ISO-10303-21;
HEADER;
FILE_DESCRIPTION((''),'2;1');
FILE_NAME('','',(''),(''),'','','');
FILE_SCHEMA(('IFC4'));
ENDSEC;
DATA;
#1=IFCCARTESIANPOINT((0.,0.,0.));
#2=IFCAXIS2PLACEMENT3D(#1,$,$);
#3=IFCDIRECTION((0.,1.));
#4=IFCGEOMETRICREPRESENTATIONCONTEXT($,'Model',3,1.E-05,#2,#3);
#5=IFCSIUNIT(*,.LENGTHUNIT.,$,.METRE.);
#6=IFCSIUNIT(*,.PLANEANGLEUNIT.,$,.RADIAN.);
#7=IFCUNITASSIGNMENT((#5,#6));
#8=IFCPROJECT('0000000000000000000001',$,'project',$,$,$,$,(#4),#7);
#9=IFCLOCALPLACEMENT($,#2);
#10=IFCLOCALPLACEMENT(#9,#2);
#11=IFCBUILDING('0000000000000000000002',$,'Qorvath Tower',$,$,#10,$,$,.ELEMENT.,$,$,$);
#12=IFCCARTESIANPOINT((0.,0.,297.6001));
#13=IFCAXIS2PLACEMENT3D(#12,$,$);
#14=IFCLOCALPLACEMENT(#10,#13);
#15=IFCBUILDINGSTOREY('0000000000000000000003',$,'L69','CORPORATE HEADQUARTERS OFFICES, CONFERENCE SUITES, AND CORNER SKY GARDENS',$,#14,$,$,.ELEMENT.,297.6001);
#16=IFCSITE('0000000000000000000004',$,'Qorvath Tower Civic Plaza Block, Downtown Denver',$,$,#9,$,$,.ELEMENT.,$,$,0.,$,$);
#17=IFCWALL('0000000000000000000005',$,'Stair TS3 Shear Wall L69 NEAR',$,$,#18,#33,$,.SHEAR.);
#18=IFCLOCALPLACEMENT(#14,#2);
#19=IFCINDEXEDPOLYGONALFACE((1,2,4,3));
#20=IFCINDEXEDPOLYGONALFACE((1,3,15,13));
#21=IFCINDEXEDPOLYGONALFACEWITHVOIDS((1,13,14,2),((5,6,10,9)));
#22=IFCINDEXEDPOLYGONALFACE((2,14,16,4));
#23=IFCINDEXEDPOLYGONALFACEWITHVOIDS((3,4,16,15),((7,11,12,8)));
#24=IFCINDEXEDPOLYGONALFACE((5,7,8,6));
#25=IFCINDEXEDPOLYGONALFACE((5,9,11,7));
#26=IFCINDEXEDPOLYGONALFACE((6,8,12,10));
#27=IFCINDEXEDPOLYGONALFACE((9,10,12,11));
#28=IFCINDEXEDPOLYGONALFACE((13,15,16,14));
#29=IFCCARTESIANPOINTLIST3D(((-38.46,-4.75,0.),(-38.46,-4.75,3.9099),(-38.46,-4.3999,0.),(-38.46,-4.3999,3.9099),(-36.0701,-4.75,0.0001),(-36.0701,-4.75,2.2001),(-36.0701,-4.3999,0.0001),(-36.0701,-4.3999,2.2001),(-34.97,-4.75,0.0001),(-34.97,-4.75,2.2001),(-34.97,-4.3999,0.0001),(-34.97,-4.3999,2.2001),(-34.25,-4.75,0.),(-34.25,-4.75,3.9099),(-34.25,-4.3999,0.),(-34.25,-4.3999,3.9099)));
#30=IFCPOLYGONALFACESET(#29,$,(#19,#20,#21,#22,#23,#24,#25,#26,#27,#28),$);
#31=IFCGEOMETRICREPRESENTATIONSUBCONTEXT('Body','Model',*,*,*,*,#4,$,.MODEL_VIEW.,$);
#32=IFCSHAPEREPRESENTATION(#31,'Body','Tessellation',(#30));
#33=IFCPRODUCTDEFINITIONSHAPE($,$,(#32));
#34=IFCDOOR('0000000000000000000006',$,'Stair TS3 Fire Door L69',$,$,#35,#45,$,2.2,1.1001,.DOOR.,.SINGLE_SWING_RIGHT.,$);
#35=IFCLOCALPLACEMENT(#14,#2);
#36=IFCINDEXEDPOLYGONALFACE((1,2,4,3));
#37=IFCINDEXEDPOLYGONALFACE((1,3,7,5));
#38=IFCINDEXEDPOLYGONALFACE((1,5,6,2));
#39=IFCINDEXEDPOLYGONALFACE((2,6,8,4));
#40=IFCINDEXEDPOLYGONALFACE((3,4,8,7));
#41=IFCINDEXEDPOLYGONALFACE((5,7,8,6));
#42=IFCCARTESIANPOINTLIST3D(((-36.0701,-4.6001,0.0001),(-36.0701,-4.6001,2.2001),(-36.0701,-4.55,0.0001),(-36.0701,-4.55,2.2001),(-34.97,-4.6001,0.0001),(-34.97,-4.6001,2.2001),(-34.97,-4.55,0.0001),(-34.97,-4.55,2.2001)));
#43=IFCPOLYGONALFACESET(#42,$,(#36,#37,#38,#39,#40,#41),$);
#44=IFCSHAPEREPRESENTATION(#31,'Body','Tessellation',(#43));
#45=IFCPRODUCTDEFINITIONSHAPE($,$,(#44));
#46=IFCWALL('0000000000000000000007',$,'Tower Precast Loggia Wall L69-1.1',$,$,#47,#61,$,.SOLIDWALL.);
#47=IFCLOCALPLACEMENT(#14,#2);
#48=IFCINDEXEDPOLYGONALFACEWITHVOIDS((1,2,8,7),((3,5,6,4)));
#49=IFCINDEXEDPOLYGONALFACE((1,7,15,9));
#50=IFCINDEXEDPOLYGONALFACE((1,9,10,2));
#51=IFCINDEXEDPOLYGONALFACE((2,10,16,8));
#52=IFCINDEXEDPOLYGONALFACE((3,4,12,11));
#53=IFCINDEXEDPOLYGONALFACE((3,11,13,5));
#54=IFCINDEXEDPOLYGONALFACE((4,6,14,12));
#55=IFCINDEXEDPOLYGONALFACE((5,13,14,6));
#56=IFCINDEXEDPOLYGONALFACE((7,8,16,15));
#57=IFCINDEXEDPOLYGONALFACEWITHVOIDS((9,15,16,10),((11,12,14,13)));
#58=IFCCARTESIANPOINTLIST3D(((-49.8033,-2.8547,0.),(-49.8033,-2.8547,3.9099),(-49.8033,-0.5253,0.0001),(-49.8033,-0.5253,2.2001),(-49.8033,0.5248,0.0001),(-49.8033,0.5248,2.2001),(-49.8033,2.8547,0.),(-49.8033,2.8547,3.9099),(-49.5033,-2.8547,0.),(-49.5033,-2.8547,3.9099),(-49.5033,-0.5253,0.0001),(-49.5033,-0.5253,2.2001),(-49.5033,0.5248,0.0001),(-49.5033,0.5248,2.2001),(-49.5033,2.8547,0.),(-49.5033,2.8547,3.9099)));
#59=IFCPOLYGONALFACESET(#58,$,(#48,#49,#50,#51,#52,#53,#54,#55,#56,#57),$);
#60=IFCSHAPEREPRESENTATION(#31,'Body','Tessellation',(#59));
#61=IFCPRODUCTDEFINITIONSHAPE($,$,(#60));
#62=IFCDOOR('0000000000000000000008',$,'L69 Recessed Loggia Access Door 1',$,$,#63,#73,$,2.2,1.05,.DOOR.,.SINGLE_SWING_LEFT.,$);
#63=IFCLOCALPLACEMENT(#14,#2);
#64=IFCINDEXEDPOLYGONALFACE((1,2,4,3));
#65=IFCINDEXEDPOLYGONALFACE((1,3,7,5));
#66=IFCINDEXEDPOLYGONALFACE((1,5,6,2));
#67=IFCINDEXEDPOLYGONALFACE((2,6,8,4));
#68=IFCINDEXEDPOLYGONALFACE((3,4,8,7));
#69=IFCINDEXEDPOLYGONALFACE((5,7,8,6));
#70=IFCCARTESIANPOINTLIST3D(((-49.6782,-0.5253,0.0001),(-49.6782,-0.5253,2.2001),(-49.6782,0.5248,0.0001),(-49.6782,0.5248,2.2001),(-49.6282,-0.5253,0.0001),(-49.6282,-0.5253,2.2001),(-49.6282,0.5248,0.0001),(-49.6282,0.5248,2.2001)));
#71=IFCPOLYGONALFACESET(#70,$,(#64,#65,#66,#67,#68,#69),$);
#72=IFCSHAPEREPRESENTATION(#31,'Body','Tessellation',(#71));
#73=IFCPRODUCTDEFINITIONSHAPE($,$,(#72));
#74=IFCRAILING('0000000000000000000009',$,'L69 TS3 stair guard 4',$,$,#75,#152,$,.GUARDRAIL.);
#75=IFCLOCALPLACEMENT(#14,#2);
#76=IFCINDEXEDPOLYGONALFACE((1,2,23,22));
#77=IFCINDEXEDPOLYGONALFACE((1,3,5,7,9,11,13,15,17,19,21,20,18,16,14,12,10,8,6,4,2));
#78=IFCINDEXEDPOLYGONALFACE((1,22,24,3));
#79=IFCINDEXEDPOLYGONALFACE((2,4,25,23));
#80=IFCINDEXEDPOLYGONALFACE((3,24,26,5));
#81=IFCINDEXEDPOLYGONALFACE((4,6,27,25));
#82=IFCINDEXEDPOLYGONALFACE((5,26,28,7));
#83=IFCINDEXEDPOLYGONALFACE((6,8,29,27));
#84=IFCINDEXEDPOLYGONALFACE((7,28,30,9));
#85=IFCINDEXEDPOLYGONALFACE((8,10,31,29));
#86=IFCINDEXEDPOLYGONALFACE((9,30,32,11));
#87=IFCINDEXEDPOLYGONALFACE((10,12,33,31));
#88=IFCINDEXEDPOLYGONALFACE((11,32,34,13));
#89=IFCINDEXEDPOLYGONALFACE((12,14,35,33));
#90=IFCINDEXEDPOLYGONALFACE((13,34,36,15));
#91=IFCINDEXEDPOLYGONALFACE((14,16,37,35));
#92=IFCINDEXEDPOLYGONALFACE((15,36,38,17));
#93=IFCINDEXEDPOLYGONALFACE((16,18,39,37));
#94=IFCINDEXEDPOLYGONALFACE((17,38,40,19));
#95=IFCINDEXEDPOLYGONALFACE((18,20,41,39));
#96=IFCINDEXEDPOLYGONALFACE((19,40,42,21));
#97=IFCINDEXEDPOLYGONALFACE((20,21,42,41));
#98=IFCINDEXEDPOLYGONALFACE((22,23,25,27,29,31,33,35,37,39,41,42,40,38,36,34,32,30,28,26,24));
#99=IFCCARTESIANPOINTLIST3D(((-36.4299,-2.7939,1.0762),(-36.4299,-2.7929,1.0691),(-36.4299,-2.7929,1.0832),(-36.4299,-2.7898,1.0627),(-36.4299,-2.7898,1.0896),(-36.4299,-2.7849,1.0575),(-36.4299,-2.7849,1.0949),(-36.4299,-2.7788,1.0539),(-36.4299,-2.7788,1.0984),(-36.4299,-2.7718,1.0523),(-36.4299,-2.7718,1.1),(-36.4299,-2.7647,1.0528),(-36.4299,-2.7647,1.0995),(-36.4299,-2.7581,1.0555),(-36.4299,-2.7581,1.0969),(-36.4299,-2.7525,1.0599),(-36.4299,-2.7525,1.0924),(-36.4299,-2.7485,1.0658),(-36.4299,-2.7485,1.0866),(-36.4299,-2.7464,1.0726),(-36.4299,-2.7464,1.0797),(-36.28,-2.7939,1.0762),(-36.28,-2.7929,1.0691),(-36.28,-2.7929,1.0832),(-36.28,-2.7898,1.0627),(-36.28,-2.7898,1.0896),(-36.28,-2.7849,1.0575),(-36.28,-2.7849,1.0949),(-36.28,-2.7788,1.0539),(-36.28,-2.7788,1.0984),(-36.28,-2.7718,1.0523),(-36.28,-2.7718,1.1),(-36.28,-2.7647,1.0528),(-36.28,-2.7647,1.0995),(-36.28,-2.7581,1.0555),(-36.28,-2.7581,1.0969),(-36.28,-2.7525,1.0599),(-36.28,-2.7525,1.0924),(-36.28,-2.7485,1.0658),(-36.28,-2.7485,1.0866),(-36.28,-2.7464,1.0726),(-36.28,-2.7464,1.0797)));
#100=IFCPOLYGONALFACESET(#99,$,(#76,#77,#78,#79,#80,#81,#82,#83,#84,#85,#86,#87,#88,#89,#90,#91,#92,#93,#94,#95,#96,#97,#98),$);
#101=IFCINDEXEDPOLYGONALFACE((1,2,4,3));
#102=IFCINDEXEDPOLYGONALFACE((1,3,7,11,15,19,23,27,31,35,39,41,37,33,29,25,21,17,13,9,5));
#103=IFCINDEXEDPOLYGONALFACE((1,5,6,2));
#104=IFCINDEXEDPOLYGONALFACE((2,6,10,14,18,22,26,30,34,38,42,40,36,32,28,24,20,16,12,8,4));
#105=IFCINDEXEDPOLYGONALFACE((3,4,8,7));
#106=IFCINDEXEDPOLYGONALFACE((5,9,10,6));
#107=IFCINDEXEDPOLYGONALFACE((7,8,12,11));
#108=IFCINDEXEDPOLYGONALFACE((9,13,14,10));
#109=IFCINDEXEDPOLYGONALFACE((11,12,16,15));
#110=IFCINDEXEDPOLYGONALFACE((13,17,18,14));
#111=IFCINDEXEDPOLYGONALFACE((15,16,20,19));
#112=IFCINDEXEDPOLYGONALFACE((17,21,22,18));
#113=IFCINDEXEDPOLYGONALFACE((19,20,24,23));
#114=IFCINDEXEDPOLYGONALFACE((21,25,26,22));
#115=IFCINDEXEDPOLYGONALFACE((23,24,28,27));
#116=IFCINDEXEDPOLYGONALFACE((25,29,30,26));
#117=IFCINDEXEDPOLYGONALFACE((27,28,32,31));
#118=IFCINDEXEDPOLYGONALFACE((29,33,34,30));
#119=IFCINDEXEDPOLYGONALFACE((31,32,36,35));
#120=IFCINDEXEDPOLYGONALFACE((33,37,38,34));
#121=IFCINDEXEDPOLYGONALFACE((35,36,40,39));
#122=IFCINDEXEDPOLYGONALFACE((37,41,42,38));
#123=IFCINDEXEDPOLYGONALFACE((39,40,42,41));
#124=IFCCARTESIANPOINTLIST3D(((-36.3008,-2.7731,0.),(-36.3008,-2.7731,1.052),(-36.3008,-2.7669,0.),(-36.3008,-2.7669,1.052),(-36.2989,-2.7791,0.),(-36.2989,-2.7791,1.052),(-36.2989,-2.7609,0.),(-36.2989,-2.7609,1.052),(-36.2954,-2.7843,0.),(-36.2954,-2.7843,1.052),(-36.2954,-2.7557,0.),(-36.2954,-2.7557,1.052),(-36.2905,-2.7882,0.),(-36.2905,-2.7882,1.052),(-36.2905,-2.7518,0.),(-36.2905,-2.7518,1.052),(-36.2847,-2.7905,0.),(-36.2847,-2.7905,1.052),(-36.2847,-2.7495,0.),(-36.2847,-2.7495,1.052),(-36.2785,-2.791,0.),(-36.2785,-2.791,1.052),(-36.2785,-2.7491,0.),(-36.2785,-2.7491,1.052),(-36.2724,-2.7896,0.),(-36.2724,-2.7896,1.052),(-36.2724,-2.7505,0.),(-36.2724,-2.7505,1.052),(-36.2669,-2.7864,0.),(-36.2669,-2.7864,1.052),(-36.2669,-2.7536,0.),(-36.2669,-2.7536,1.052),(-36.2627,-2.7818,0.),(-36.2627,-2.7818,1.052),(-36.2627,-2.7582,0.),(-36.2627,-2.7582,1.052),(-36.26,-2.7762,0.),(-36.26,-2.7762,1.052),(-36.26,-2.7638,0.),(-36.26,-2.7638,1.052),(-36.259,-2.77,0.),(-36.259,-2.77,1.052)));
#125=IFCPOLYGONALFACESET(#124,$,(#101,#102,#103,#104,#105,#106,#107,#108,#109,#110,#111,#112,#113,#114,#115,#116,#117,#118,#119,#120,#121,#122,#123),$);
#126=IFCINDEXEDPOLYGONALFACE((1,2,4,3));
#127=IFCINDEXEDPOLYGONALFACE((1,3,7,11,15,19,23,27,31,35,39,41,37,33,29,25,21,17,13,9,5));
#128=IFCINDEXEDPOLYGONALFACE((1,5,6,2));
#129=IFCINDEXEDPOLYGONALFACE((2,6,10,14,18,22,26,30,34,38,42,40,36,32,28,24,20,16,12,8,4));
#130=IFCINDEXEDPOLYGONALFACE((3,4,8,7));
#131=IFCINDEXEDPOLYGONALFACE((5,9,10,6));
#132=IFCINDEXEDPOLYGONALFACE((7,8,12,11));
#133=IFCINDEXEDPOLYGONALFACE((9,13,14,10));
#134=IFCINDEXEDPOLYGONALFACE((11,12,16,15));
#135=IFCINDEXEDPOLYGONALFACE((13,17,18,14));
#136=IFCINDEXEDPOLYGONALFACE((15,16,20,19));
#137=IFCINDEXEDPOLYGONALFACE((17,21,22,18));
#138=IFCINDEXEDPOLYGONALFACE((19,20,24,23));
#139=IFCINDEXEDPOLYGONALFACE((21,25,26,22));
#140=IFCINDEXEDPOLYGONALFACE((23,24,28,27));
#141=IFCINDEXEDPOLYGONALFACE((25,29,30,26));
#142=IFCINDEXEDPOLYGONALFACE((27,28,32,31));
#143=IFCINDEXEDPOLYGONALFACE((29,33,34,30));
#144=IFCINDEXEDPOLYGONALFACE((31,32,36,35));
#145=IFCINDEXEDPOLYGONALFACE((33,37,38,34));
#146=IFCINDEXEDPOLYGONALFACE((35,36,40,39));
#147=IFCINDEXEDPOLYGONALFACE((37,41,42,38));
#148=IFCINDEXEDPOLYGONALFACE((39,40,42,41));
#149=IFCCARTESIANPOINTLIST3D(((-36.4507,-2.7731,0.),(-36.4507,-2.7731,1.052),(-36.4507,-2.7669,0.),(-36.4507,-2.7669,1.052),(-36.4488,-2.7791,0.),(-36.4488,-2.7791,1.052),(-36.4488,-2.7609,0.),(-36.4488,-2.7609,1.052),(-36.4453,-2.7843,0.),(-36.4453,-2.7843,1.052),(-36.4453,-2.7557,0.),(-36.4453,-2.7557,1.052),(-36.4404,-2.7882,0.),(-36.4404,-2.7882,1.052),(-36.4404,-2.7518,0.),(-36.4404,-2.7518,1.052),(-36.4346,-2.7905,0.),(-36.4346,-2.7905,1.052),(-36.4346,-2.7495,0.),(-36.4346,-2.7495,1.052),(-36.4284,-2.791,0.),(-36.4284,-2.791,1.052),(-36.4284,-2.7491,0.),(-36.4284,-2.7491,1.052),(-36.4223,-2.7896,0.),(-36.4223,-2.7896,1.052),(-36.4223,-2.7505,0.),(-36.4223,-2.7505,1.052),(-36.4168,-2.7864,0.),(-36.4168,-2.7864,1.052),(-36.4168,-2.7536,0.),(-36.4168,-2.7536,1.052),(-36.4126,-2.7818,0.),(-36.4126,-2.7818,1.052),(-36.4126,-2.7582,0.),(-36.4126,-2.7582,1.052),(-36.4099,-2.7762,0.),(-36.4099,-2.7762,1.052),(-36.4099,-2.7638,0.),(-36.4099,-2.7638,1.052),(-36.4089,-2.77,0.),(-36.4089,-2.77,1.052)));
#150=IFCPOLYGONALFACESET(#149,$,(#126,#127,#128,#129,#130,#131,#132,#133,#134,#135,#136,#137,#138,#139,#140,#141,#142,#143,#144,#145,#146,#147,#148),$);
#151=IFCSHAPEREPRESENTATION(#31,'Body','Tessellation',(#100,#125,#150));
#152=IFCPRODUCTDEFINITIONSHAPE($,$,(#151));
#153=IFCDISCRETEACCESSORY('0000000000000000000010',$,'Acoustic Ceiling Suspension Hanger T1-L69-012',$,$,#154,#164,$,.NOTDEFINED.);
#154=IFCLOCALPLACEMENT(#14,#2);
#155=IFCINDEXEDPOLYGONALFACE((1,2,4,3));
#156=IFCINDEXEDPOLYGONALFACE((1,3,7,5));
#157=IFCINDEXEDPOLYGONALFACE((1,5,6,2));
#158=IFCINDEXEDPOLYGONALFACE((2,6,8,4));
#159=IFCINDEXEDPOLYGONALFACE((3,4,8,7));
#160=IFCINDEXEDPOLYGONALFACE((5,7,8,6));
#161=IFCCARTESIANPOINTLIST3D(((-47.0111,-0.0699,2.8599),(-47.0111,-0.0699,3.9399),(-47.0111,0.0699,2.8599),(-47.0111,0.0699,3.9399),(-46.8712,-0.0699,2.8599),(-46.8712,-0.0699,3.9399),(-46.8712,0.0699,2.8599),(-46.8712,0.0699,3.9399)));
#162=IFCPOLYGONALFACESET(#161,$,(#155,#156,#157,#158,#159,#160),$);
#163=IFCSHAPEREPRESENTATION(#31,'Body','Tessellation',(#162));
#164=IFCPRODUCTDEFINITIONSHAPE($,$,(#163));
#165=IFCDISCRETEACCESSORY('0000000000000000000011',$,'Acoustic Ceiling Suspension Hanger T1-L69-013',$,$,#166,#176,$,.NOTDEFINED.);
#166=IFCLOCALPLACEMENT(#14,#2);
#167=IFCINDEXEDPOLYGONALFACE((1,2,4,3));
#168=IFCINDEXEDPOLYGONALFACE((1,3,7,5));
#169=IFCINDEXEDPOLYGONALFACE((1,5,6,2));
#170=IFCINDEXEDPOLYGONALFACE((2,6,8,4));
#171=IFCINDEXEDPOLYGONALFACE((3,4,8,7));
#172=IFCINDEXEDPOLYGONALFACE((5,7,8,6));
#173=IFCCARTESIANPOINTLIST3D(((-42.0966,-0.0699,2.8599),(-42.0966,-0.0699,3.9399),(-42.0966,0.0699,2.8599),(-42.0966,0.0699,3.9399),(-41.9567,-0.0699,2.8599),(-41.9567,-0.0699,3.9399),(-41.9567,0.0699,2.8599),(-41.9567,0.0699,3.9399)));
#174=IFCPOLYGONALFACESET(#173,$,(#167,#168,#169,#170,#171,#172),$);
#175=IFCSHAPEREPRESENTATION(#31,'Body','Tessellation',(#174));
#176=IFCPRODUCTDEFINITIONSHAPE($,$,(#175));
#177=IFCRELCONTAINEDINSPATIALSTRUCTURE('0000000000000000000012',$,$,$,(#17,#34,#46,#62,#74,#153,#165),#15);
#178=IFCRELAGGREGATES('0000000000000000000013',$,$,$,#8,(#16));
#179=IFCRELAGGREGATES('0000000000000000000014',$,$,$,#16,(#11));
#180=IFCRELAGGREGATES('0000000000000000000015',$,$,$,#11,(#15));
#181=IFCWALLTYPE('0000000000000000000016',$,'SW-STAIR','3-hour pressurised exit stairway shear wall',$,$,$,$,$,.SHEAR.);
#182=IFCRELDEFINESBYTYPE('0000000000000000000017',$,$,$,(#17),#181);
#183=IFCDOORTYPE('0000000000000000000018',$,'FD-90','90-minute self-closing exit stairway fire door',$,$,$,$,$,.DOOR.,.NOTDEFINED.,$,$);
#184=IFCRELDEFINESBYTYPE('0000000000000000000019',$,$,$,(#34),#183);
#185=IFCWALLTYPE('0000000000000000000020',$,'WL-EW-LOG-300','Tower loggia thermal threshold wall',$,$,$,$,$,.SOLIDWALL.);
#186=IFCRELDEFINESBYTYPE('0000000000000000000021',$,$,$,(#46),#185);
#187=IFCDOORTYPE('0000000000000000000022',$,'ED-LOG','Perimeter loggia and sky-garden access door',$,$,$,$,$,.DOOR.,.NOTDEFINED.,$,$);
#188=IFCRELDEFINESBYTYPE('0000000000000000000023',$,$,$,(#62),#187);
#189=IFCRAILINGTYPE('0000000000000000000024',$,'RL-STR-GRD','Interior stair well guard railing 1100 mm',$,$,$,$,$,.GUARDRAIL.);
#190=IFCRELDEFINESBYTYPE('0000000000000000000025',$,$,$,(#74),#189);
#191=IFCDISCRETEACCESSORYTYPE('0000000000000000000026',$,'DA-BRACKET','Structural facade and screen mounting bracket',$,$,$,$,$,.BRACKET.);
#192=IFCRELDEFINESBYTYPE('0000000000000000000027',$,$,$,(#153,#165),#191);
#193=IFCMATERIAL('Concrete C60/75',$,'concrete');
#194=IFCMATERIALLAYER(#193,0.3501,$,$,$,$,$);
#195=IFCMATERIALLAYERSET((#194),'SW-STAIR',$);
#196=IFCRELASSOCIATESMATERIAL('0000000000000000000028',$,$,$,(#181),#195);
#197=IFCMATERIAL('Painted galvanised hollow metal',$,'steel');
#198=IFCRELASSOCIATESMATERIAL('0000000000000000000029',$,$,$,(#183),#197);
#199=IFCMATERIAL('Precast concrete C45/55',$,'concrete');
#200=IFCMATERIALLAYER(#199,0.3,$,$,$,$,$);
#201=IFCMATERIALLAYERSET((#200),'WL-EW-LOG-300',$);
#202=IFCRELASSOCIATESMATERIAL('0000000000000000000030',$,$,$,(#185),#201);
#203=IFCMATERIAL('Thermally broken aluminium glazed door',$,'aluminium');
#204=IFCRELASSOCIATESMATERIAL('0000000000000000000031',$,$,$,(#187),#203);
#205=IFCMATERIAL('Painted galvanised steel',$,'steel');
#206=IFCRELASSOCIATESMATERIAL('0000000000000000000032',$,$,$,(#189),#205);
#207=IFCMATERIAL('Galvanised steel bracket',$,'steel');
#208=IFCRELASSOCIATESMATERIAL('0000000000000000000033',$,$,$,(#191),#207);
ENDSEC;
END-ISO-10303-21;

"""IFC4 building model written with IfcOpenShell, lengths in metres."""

from ifc_helpers import new_model, si_unit, direction, frame, frame_2d, origin, origin_2d, place, context, subcontext, project, spatial, rectangle, circle, extrude, material, layer, layer_set, type_object, element, fill, save


model = new_model("IFC4")

# Units and contexts
model_context = context("Model", 3, precision=1e-05, world=origin(), true_north=direction((0.0, 1.0)))
body_context = subcontext(model_context, "Body", "Model", "MODEL_VIEW")
ifc_project = project(units=[si_unit("LENGTHUNIT", "METRE"), si_unit("PLANEANGLEUNIT", "RADIAN")], contexts=[model_context])

# Site, building, storey
site_placement = place(None, origin())
site = spatial("IfcSite", under=ifc_project, at=site_placement, Name="Qorvath Tower Civic Plaza Block, Downtown Denver", CompositionType="ELEMENT", RefElevation=0.0)
building_placement = place(site_placement, origin())
building = spatial("IfcBuilding", under=site, at=building_placement, Name="Qorvath Tower", CompositionType="ELEMENT")
storey_placement = place(building_placement, frame((0.0, 0.0, 297.6001)))
storey = spatial("IfcBuildingStorey", under=building, at=storey_placement, Name="L69", Description="CORPORATE HEADQUARTERS OFFICES, CONFERENCE SUITES, AND CORNER SKY GARDENS", CompositionType="ELEMENT", Elevation=297.6001)

# Walls, openings, doors
ifc_material_1 = material(Name="Concrete C60/75", Category="concrete")
ifc_layer_1 = layer(ifc_material_1, 0.3501)
ifc_layer_set_1 = layer_set([ifc_layer_1], Name="SW-STAIR")
wall_type_1 = type_object("IfcWallType", Name="SW-STAIR", Description="3-hour pressurised exit stairway shear wall", PredefinedType="SHEAR", material=ifc_layer_set_1)
wall_1_placement = place(storey_placement, frame((-38.46, -4.575, 0.0), z_axis=(0.0, 0.0, 1.0), x_axis=(1.0, 0.0, 0.0)))
wall_1 = element("IfcWall", 1, at=wall_1_placement, inside=storey, type_object=wall_type_1, Name="Stair TS3 Shear Wall L69 NEAR", PredefinedType="SHEAR", context=body_context, shape_type="SweptSolid", body=[
    extrude(rectangle(XDim=4.21, YDim=0.3501, at=frame_2d((2.105, 0.0))), origin(), (0.0, 0.0, 1.0), 3.9099),
])
opening_1_placement = place(wall_1_placement, frame((2.3899, 0.0, 0.0)))
opening_1 = element("IfcOpeningElement", 2, at=opening_1_placement, cuts=wall_1, PredefinedType="OPENING", context=body_context, shape_type="SweptSolid", body=[
    extrude(rectangle(XDim=1.1001, YDim=2.2, at=frame_2d((0.55, 1.1001))), frame((0.0, 0.1851, 0.0), z_axis=(0.0, -1.0, 0.0), x_axis=(1.0, 0.0, 0.0)), (0.0, 0.0, 1.0), 0.3701),
])
ifc_material_2 = material(Name="Painted galvanised hollow metal", Category="steel")
door_type_1 = type_object("IfcDoorType", Name="FD-90", Description="90-minute self-closing exit stairway fire door", OperationType="NOTDEFINED", PredefinedType="DOOR", material=ifc_material_2)
door_1_placement = place(opening_1_placement, origin())
door_1 = element("IfcDoor", 3, at=door_1_placement, inside=storey, type_object=door_type_1, Name="Stair TS3 Fire Door L69", OperationType="SINGLE_SWING_RIGHT", OverallHeight=2.2, OverallWidth=1.1001, PredefinedType="DOOR", context=body_context, shape_type="SweptSolid", body=[
    extrude(rectangle(XDim=1.1001, YDim=2.2, at=frame_2d((0.55, 1.1001))), frame((0.0, 0.0249, 0.0), z_axis=(0.0, -1.0, 0.0), x_axis=(1.0, 0.0, 0.0)), (0.0, 0.0, 1.0), 0.05),
])
fill(opening_1, door_1)
ifc_material_3 = material(Name="Precast concrete C45/55", Category="concrete")
ifc_layer_2 = layer(ifc_material_3, 0.3)
ifc_layer_set_2 = layer_set([ifc_layer_2], Name="WL-EW-LOG-300")
wall_type_2 = type_object("IfcWallType", Name="WL-EW-LOG-300", Description="Tower loggia thermal threshold wall", PredefinedType="SOLIDWALL", material=ifc_layer_set_2)
wall_2_placement = place(storey_placement, frame((-49.6533, -2.8547, 0.0), z_axis=(0.0, 0.0, 1.0), x_axis=(0.0, 1.0, 0.0)))
wall_2 = element("IfcWall", 4, at=wall_2_placement, inside=storey, type_object=wall_type_2, Name="Tower Precast Loggia Wall L69-1.1", PredefinedType="SOLIDWALL", context=body_context, shape_type="SweptSolid", body=[
    extrude(rectangle(XDim=5.7095, YDim=0.3, at=frame_2d((2.8547, 0.0))), origin(), (0.0, 0.0, 1.0), 3.9099),
])
opening_2_placement = place(wall_2_placement, frame((2.3296, 0.0, 0.0)))
opening_2 = element("IfcOpeningElement", 5, at=opening_2_placement, cuts=wall_2, PredefinedType="OPENING", context=body_context, shape_type="SweptSolid", body=[
    extrude(rectangle(XDim=1.05, YDim=2.2, at=frame_2d((0.5249, 1.1001))), frame((0.0, 0.1602, 0.0), z_axis=(0.0, -1.0, 0.0), x_axis=(1.0, 0.0, 0.0)), (0.0, 0.0, 1.0), 0.3201),
])
ifc_material_4 = material(Name="Thermally broken aluminium glazed door", Category="aluminium")
door_type_2 = type_object("IfcDoorType", Name="ED-LOG", Description="Perimeter loggia and sky-garden access door", OperationType="NOTDEFINED", PredefinedType="DOOR", material=ifc_material_4)
door_2_placement = place(opening_2_placement, origin())
door_2 = element("IfcDoor", 6, at=door_2_placement, inside=storey, type_object=door_type_2, Name="L69 Recessed Loggia Access Door 1", OperationType="SINGLE_SWING_LEFT", OverallHeight=2.2, OverallWidth=1.05, PredefinedType="DOOR", context=body_context, shape_type="SweptSolid", body=[
    extrude(rectangle(XDim=1.05, YDim=2.2, at=frame_2d((0.5249, 1.1001))), frame((0.0, 0.0249, 0.0), z_axis=(0.0, -1.0, 0.0), x_axis=(1.0, 0.0, 0.0)), (0.0, 0.0, 1.0), 0.05),
])
fill(opening_2, door_2)

# Railing
ifc_material_5 = material(Name="Painted galvanised steel", Category="steel")
railing_type = type_object("IfcRailingType", Name="RL-STR-GRD", Description="Interior stair well guard railing 1100 mm", PredefinedType="GUARDRAIL", material=ifc_material_5)
railing_placement = place(storey_placement, frame((-36.28, -2.77, 0.0)))
element("IfcRailing", 7, at=railing_placement, inside=storey, type_object=railing_type, Name="L69 TS3 stair guard 4", PredefinedType="GUARDRAIL", context=body_context, shape_type="SweptSolid", body=[
    extrude(circle(Radius=0.0239, at=origin_2d()), frame((0.0, 0.0, 1.0762), z_axis=(-1.0, 0.0, 0.0), x_axis=(0.0, -1.0, 0.0)), (0.0, 0.0, 1.0), 0.1499),
    extrude(circle(Radius=0.021, at=origin_2d()), origin(), (0.0, 0.0, 1.0), 1.052),
    extrude(circle(Radius=0.021, at=origin_2d()), frame((-0.1499, 0.0, 0.0)), (0.0, 0.0, 1.0), 1.052),
])

# Discrete accessories
ifc_material_6 = material(Name="Galvanised steel bracket", Category="steel")
discrete_accessory_type = type_object("IfcDiscreteAccessoryType", Name="DA-BRACKET", Description="Structural facade and screen mounting bracket", PredefinedType="BRACKET", material=ifc_material_6)
for number, where, z_axis, x_axis, name in (
    (8, (-46.9412, 0.0, 2.8599), (0.0, 0.0, 1.0), (1.0, 0.0, 0.0), "Acoustic Ceiling Suspension Hanger T1-L69-012"),
    (9, (-42.0266, 0.0, 2.8599), (0.0, 0.0, 1.0), (1.0, 0.0, 0.0), "Acoustic Ceiling Suspension Hanger T1-L69-013"),
):
    element("IfcDiscreteAccessory", number, at=place(storey_placement, frame(where, z_axis=z_axis, x_axis=x_axis)), inside=storey, type_object=discrete_accessory_type, Name=name, PredefinedType="NOTDEFINED", context=body_context, shape_type="SweptSolid", body=[
        extrude(rectangle(XDim=0.1399, YDim=0.1399, at=origin_2d()), origin(), (0.0, 0.0, 1.0), 1.0801),
    ])

save(model, "model.ifc")
